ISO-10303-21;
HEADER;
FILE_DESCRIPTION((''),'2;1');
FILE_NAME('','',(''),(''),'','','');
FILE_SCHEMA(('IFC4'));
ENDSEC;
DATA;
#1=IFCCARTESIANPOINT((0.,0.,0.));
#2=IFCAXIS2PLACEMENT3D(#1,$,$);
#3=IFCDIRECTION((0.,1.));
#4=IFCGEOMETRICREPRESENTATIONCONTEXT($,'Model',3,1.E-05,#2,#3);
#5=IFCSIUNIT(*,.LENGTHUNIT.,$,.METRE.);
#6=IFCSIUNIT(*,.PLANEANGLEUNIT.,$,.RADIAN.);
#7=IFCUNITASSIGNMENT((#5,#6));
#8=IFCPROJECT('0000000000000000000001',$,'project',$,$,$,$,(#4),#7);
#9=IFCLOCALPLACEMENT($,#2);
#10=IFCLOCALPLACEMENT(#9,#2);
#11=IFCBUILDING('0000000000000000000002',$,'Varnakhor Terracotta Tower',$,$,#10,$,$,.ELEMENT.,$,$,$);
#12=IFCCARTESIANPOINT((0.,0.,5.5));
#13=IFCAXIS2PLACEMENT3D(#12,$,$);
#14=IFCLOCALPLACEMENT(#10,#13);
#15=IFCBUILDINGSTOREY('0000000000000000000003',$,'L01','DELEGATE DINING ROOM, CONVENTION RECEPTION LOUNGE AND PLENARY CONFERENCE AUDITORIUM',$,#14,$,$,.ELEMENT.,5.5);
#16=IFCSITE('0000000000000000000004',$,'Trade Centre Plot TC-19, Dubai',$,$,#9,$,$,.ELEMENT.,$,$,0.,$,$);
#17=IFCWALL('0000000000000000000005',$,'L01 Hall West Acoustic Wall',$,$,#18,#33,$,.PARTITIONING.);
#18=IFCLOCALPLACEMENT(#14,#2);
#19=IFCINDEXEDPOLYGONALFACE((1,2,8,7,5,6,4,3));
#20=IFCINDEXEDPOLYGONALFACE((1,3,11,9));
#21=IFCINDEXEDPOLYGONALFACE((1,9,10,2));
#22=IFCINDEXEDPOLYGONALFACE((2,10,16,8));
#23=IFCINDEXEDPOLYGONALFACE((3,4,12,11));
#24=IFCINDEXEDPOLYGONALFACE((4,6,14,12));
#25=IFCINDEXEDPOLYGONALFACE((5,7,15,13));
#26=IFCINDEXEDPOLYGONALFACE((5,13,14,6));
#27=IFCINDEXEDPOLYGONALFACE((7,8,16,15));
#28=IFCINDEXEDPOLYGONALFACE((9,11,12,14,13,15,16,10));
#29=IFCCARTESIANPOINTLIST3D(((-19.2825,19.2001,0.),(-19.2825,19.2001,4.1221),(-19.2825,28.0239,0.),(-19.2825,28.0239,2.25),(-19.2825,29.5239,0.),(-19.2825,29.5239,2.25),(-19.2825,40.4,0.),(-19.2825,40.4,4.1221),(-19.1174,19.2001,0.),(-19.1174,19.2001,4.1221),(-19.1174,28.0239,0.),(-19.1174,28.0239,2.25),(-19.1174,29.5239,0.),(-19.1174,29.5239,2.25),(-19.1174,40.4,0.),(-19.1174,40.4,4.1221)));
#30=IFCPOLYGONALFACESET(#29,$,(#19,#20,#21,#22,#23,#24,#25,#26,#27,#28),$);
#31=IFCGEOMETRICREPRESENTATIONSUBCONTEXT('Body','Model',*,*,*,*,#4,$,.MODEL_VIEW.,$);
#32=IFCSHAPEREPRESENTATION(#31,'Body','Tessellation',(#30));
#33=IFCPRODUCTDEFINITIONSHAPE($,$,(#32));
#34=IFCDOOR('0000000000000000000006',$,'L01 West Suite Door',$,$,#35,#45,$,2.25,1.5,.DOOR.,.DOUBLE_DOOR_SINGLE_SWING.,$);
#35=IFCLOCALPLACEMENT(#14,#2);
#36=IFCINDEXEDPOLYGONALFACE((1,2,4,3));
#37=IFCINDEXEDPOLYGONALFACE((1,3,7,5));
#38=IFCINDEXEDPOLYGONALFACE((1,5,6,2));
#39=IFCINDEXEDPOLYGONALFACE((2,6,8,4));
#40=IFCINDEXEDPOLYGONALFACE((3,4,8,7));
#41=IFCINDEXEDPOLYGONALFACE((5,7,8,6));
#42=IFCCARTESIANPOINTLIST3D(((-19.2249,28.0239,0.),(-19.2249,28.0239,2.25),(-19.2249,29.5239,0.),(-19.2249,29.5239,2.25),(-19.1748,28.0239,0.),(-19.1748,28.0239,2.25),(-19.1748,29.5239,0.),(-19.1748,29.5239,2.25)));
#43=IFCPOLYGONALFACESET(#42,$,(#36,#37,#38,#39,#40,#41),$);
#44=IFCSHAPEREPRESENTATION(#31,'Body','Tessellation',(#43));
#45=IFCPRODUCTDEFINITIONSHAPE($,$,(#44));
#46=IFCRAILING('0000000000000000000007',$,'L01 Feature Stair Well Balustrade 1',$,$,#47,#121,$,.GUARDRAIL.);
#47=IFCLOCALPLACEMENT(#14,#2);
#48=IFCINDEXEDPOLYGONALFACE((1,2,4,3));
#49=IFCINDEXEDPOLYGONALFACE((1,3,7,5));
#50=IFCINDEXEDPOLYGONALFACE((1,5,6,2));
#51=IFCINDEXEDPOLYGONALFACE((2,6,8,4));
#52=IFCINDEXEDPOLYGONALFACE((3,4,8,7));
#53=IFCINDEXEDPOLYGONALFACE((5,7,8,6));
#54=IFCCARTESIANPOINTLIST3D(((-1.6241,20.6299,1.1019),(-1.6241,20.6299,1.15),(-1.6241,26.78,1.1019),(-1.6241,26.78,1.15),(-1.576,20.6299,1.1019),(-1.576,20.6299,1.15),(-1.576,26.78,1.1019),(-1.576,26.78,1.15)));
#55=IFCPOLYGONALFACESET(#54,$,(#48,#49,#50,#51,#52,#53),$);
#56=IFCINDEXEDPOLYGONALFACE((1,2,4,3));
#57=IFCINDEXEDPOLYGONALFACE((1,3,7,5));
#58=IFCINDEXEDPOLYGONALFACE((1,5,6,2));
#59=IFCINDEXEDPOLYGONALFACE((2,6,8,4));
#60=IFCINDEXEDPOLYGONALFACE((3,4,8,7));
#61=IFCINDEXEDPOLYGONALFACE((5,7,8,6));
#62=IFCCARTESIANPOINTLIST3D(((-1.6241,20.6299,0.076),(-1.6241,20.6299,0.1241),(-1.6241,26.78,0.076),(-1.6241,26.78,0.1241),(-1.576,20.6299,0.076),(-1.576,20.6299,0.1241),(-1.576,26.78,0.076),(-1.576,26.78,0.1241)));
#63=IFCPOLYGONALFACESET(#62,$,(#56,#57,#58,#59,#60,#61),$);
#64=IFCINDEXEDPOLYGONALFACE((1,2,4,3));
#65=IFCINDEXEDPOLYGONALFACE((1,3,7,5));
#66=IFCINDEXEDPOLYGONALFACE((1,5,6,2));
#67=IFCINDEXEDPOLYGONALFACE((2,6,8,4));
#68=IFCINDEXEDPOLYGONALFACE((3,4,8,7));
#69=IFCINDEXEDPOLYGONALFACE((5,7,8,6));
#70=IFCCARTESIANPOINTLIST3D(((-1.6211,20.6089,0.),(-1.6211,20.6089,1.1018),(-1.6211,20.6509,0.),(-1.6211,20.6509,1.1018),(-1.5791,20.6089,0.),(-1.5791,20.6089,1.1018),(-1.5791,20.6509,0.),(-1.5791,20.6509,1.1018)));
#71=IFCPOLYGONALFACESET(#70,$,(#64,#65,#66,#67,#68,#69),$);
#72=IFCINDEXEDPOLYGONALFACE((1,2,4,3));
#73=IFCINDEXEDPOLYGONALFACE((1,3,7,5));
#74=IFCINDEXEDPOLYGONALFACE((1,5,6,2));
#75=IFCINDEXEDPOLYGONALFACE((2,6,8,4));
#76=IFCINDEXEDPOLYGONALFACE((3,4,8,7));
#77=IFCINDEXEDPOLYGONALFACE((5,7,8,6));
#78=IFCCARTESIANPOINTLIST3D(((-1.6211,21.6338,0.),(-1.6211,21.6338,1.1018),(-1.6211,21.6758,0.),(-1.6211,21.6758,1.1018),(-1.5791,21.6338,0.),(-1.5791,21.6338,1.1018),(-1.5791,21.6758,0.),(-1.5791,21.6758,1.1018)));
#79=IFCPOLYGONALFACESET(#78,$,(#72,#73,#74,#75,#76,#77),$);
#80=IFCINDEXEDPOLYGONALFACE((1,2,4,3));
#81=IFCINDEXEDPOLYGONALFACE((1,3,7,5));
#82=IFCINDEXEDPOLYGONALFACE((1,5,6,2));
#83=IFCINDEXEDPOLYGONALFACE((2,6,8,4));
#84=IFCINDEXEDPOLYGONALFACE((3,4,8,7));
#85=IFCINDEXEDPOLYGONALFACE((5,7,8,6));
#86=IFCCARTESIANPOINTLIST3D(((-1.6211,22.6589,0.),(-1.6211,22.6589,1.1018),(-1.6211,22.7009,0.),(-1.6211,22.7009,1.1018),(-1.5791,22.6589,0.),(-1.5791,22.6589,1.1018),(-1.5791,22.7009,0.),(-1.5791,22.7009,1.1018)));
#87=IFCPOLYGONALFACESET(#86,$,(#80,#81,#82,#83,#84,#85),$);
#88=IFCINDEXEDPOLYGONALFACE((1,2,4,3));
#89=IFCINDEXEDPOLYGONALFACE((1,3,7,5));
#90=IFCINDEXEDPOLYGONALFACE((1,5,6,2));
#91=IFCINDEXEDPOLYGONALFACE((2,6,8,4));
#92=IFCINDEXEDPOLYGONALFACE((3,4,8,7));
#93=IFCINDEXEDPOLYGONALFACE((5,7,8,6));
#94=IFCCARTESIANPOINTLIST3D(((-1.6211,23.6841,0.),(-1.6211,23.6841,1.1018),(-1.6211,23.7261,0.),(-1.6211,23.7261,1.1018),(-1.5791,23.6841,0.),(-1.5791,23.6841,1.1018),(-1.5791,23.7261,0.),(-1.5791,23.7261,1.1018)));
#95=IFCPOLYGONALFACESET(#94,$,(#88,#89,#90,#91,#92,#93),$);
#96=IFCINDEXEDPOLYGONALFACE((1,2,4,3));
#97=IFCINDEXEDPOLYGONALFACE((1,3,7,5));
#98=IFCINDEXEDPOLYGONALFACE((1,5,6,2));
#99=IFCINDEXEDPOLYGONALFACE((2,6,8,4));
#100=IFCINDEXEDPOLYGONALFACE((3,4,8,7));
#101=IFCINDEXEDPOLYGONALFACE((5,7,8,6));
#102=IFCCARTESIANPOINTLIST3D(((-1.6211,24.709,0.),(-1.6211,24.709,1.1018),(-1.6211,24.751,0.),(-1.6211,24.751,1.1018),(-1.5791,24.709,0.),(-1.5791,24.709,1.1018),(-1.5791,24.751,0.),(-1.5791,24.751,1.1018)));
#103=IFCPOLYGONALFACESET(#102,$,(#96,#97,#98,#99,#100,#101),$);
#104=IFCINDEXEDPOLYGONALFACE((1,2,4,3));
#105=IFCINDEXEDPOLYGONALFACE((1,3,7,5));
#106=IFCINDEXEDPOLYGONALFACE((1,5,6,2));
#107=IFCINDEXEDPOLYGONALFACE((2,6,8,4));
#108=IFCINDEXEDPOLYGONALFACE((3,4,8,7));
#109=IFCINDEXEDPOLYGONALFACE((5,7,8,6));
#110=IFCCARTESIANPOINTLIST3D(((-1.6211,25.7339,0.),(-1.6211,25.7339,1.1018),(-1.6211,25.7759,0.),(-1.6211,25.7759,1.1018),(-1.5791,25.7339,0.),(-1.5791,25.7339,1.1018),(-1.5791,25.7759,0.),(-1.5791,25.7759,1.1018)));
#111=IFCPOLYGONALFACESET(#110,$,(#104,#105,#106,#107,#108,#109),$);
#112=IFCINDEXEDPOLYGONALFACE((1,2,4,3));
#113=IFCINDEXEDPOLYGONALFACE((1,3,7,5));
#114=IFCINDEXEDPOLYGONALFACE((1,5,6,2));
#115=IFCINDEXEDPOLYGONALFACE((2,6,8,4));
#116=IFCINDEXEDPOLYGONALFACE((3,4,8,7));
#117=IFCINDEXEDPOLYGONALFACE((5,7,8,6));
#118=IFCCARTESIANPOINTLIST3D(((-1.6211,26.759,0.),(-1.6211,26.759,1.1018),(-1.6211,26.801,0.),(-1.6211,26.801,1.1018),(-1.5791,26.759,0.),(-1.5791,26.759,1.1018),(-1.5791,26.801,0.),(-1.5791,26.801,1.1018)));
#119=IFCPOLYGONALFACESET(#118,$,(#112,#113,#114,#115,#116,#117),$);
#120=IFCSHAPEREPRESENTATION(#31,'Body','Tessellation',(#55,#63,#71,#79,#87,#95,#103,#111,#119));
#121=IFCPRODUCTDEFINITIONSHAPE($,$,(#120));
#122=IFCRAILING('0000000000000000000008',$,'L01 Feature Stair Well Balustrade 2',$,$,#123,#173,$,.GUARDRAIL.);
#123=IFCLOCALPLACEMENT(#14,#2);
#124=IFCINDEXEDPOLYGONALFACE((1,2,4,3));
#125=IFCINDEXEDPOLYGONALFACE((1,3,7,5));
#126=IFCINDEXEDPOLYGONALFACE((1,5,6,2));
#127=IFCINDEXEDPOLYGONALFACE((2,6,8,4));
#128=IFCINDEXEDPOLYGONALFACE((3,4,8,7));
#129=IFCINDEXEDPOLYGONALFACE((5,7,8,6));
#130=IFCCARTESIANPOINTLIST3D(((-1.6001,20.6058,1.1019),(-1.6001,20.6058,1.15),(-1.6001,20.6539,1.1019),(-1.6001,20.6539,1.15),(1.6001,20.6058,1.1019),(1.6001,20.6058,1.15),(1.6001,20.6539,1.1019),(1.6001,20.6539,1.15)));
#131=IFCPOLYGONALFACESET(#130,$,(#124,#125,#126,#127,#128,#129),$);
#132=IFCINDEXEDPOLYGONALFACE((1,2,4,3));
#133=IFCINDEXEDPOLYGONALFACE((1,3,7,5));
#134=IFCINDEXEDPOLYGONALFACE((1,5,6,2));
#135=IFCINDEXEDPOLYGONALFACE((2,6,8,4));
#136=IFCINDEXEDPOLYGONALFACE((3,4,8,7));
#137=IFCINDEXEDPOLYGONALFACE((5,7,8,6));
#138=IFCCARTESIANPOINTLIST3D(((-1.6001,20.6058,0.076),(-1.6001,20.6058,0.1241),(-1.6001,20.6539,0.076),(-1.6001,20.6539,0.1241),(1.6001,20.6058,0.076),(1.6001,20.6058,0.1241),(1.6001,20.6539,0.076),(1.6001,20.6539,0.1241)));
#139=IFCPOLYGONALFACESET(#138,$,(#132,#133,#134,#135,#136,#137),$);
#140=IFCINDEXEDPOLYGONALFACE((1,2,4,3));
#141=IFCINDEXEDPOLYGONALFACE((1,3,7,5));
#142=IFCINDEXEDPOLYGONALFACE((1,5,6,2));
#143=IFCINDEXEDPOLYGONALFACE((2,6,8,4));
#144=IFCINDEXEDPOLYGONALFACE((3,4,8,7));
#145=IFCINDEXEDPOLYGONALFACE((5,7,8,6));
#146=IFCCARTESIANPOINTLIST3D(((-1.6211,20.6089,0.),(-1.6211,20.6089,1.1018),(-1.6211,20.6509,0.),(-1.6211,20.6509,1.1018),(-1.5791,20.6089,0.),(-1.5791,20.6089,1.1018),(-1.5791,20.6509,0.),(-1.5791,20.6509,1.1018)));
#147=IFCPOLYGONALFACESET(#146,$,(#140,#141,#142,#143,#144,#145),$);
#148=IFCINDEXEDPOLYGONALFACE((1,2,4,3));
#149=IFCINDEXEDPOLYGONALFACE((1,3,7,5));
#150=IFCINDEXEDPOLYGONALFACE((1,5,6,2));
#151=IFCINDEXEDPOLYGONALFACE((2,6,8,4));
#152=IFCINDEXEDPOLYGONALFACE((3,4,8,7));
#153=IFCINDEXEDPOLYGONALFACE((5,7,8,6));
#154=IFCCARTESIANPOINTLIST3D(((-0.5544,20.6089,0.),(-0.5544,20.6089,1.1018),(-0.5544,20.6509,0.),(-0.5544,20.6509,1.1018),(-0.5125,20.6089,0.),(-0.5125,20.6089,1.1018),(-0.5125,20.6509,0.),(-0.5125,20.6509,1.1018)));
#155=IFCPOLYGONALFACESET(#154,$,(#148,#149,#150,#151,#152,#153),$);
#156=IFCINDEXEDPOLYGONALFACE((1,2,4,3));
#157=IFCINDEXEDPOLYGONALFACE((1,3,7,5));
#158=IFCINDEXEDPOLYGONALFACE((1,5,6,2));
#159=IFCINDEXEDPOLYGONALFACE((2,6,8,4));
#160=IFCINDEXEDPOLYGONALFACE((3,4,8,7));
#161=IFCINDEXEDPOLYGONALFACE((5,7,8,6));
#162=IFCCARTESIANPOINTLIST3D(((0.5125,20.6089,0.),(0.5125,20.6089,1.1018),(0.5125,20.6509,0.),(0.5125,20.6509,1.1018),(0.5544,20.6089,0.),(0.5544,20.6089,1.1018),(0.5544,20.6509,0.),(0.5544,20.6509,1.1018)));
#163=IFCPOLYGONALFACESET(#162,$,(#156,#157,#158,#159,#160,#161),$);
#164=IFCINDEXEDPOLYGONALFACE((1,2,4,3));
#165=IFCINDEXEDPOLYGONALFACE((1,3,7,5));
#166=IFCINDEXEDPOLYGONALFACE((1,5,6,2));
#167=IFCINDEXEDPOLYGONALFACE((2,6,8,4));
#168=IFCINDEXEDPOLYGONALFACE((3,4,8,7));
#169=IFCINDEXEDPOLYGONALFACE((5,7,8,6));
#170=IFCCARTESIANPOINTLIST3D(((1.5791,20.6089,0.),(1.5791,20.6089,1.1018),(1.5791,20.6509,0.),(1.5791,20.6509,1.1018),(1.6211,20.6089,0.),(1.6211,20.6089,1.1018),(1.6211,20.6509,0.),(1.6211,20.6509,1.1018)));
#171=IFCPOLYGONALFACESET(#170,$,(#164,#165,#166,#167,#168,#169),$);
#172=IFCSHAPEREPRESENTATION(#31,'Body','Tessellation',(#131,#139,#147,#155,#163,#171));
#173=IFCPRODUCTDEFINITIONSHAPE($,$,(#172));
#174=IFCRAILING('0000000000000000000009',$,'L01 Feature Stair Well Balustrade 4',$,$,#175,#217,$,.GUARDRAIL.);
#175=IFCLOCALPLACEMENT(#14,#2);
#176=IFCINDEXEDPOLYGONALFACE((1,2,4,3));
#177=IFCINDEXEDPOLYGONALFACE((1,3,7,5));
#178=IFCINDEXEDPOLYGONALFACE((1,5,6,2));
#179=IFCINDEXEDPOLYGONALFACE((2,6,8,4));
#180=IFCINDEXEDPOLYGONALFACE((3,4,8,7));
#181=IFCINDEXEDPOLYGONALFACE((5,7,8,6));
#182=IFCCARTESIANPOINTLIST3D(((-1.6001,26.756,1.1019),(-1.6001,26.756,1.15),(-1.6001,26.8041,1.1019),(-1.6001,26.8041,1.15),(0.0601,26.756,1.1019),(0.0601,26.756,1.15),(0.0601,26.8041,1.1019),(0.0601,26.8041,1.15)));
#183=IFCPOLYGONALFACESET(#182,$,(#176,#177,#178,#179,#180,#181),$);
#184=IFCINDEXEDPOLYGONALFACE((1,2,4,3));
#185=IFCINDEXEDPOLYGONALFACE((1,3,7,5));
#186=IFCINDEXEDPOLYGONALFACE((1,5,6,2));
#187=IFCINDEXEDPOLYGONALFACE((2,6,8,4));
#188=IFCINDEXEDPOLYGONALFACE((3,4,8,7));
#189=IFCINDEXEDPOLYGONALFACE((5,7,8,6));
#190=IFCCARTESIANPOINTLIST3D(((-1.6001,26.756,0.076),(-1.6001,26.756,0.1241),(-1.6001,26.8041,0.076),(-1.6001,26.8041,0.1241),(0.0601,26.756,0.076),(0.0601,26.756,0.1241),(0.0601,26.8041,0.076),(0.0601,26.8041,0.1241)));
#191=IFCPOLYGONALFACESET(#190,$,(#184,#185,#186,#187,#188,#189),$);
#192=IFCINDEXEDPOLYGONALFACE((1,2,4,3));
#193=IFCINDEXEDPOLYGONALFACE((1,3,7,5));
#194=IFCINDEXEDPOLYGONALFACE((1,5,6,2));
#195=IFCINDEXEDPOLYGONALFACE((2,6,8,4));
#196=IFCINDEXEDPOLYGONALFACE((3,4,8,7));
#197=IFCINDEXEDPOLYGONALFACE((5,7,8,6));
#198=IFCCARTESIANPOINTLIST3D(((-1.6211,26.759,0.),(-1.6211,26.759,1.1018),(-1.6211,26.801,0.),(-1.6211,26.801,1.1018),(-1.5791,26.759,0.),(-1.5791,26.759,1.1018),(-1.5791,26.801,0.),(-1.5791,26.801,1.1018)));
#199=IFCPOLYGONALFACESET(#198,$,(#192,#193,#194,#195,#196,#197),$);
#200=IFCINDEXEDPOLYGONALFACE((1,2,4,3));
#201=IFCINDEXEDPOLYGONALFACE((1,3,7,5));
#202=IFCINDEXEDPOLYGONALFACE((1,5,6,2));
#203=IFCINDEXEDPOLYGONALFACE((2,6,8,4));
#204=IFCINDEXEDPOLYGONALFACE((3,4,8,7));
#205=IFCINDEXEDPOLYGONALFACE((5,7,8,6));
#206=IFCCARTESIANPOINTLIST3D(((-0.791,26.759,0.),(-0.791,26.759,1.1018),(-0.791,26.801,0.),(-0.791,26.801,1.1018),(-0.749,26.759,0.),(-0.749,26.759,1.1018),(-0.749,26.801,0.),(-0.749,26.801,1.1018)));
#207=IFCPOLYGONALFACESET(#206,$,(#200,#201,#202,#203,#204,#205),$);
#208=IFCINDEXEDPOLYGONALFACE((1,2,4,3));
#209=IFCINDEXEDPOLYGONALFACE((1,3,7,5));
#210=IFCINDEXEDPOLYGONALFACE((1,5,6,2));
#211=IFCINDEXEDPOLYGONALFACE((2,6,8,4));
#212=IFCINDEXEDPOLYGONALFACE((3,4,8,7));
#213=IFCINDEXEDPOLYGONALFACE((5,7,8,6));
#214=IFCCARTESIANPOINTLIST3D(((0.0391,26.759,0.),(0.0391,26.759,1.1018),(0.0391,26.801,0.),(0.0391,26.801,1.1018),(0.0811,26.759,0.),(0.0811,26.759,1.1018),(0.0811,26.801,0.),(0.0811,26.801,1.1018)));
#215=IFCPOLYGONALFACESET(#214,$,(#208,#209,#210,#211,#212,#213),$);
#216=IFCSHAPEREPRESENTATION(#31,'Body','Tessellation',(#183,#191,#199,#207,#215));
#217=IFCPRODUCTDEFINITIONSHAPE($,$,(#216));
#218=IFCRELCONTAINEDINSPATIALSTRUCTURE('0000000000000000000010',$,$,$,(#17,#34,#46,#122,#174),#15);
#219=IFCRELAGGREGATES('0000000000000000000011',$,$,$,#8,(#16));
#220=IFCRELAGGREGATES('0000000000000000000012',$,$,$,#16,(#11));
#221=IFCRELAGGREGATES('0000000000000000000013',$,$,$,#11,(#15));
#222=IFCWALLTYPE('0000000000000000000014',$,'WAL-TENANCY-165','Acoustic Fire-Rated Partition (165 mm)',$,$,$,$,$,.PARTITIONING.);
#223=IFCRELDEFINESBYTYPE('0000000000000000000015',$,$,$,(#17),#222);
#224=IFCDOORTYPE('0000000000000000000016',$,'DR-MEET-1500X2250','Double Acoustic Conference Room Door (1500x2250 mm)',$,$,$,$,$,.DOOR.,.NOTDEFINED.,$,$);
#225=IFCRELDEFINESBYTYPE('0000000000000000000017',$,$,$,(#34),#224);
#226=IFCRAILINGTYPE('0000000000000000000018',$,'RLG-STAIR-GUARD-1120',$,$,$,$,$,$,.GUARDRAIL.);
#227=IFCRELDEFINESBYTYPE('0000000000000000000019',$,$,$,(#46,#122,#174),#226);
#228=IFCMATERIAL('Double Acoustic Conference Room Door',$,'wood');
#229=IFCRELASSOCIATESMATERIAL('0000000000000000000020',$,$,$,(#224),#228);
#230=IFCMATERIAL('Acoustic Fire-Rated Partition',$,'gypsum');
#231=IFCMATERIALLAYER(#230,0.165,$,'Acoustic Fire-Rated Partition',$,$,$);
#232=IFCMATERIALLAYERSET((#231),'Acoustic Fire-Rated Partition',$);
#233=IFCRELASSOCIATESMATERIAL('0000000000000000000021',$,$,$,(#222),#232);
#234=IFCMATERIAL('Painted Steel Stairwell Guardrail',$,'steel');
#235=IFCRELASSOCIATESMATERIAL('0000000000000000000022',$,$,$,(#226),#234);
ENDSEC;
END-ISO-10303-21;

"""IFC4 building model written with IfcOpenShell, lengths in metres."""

from ifc_helpers import new_model, si_unit, direction, frame, frame_2d, origin, origin_2d, place, context, subcontext, project, spatial, rectangle, extrude, source, transform, mapped, material, layer, layer_set, type_object, type_shapes, element, fill, save


model = new_model("IFC4")

# Units and contexts
model_context = context("Model", 3, precision=1e-05, world=origin(), true_north=direction((0.0, 1.0)))
body_context = subcontext(model_context, "Body", "Model", "MODEL_VIEW")
ifc_project = project(units=[si_unit("LENGTHUNIT", "METRE"), si_unit("PLANEANGLEUNIT", "RADIAN")], contexts=[model_context])

# Site, building, storey
site_placement = place(None, origin())
site = spatial("IfcSite", under=ifc_project, at=site_placement, Name="Trade Centre Plot TC-19, Dubai", CompositionType="ELEMENT", RefElevation=0.0)
building_placement = place(site_placement, origin())
building = spatial("IfcBuilding", under=site, at=building_placement, Name="Varnakhor Terracotta Tower", CompositionType="ELEMENT")
storey_placement = place(building_placement, frame((0.0, 0.0, 5.5)))
storey = spatial("IfcBuildingStorey", under=building, at=storey_placement, Name="L01", Description="DELEGATE DINING ROOM, CONVENTION RECEPTION LOUNGE AND PLENARY CONFERENCE AUDITORIUM", CompositionType="ELEMENT", Elevation=5.5)

# Wall, opening, door
ifc_material_1 = material(Name="Double Acoustic Conference Room Door", Category="wood")
door_type = type_object("IfcDoorType", Name="DR-MEET-1500X2250", Description="Double Acoustic Conference Room Door (1500x2250 mm)", OperationType="NOTDEFINED", PredefinedType="DOOR", material=ifc_material_1)
shared_shape_1 = source(origin(), body_context, "Body", "SweptSolid", [
    extrude(rectangle(XDim=1.5, YDim=2.25, at=frame_2d((0.75, 1.125))), frame((0.0, 0.0249, 0.0), z_axis=(0.0, -1.0, 0.0), x_axis=(1.0, 0.0, 0.0)), (0.0, 0.0, 1.0), 0.05),
])
type_shapes(door_type, [shared_shape_1])
ifc_material_2 = material(Name="Acoustic Fire-Rated Partition", Category="gypsum")
ifc_layer_1 = layer(ifc_material_2, 0.165, Name="Acoustic Fire-Rated Partition")
ifc_layer_set_1 = layer_set([ifc_layer_1], Name="Acoustic Fire-Rated Partition")
wall_type_1 = type_object("IfcWallType", Name="WAL-TENANCY-165", Description="Acoustic Fire-Rated Partition (165 mm)", PredefinedType="PARTITIONING", material=ifc_layer_set_1)
wall_1_placement = place(storey_placement, frame((-19.2, 19.2, 0.0), z_axis=(0.0, 0.0, 1.0), x_axis=(0.0, 1.0, 0.0)))
wall_1 = element("IfcWall", 1, at=wall_1_placement, inside=storey, type_object=wall_type_1, Name="L01 Hall West Acoustic Wall", PredefinedType="PARTITIONING", context=body_context, shape_type="SweptSolid", body=[
    extrude(rectangle(XDim=21.2, YDim=0.165, at=frame_2d((10.6001, 0.0))), origin(), (0.0, 0.0, 1.0), 4.1221),
])
opening_1_placement = place(wall_1_placement, frame((8.824, 0.0, 0.0)))
opening_1 = element("IfcOpeningElement", 2, at=opening_1_placement, cuts=wall_1, PredefinedType="OPENING", context=body_context, shape_type="SweptSolid", body=[
    extrude(rectangle(XDim=1.5, YDim=2.25, at=frame_2d((0.75, 1.125))), frame((0.0, 0.0925, 0.0), z_axis=(0.0, -1.0, 0.0), x_axis=(1.0, 0.0, 0.0)), (0.0, 0.0, 1.0), 0.1851),
])
door_1_placement = place(opening_1_placement, origin())
door_1 = element("IfcDoor", 3, at=door_1_placement, inside=storey, type_object=door_type, Name="L01 West Suite Door", OperationType="DOUBLE_DOOR_SINGLE_SWING", OverallHeight=2.25, OverallWidth=1.5, PredefinedType="DOOR", context=body_context, shape_type="MappedRepresentation", body=[
    mapped(shared_shape_1, transform((0.0, 0.0, 0.0), scale=1.0)),
])
fill(opening_1, door_1)

# Railings
ifc_material_3 = material(Name="Painted Steel Stairwell Guardrail", Category="steel")
railing_type = type_object("IfcRailingType", Name="RLG-STAIR-GUARD-1120", PredefinedType="GUARDRAIL", material=ifc_material_3)
railing_1_placement = place(storey_placement, frame((-1.6001, 20.6299, 0.0)))
element("IfcRailing", 4, at=railing_1_placement, inside=storey, type_object=railing_type, Name="L01 Feature Stair Well Balustrade 1", PredefinedType="GUARDRAIL", context=body_context, shape_type="SweptSolid", body=[
    extrude(rectangle(XDim=0.0481, YDim=0.0481, at=origin_2d()), frame((0.0, 0.0, 1.126), z_axis=(0.0, 1.0, 0.0), x_axis=(-1.0, 0.0, 0.0)), (0.0, 0.0, 1.0), 6.1501),
    extrude(rectangle(XDim=0.0481, YDim=0.0481, at=origin_2d()), frame((0.0, 0.0, 0.1001), z_axis=(0.0, 1.0, 0.0), x_axis=(-1.0, 0.0, 0.0)), (0.0, 0.0, 1.0), 6.1501),
    extrude(rectangle(XDim=0.042, YDim=0.042, at=origin_2d()), origin(), (0.0, 0.0, 1.0), 1.1018),
    extrude(rectangle(XDim=0.042, YDim=0.042, at=origin_2d()), frame((0.0, 1.0249, 0.0)), (0.0, 0.0, 1.0), 1.1018),
    extrude(rectangle(XDim=0.042, YDim=0.042, at=origin_2d()), frame((0.0, 2.05, 0.0)), (0.0, 0.0, 1.0), 1.1018),
    extrude(rectangle(XDim=0.042, YDim=0.042, at=origin_2d()), frame((0.0, 3.0752, 0.0)), (0.0, 0.0, 1.0), 1.1018),
    extrude(rectangle(XDim=0.042, YDim=0.042, at=origin_2d()), frame((0.0, 4.1001, 0.0)), (0.0, 0.0, 1.0), 1.1018),
    extrude(rectangle(XDim=0.042, YDim=0.042, at=origin_2d()), frame((0.0, 5.125, 0.0)), (0.0, 0.0, 1.0), 1.1018),
    extrude(rectangle(XDim=0.042, YDim=0.042, at=origin_2d()), frame((0.0, 6.1501, 0.0)), (0.0, 0.0, 1.0), 1.1018),
])
railing_2_placement = place(storey_placement, frame((-1.6001, 20.6299, 0.0)))
element("IfcRailing", 5, at=railing_2_placement, inside=storey, type_object=railing_type, Name="L01 Feature Stair Well Balustrade 2", PredefinedType="GUARDRAIL", context=body_context, shape_type="SweptSolid", body=[
    extrude(rectangle(XDim=0.0481, YDim=0.0481, at=origin_2d()), frame((0.0, 0.0, 1.126), z_axis=(1.0, 0.0, 0.0), x_axis=(0.0, 1.0, 0.0)), (0.0, 0.0, 1.0), 3.2002),
    extrude(rectangle(XDim=0.0481, YDim=0.0481, at=origin_2d()), frame((0.0, 0.0, 0.1001), z_axis=(1.0, 0.0, 0.0), x_axis=(0.0, 1.0, 0.0)), (0.0, 0.0, 1.0), 3.2002),
    extrude(rectangle(XDim=0.042, YDim=0.042, at=origin_2d()), origin(), (0.0, 0.0, 1.0), 1.1018),
    extrude(rectangle(XDim=0.042, YDim=0.042, at=origin_2d()), frame((1.0667, 0.0, 0.0)), (0.0, 0.0, 1.0), 1.1018),
    extrude(rectangle(XDim=0.042, YDim=0.042, at=origin_2d()), frame((2.1335, 0.0, 0.0)), (0.0, 0.0, 1.0), 1.1018),
    extrude(rectangle(XDim=0.042, YDim=0.042, at=origin_2d()), frame((3.2002, 0.0, 0.0)), (0.0, 0.0, 1.0), 1.1018),
])
railing_3_placement = place(storey_placement, frame((-1.6001, 26.78, 0.0)))
element("IfcRailing", 6, at=railing_3_placement, inside=storey, type_object=railing_type, Name="L01 Feature Stair Well Balustrade 4", PredefinedType="GUARDRAIL", context=body_context, shape_type="SweptSolid", body=[
    extrude(rectangle(XDim=0.0481, YDim=0.0481, at=origin_2d()), frame((0.0, 0.0, 1.126), z_axis=(1.0, 0.0, 0.0), x_axis=(0.0, 1.0, 0.0)), (0.0, 0.0, 1.0), 1.6602),
    extrude(rectangle(XDim=0.0481, YDim=0.0481, at=origin_2d()), frame((0.0, 0.0, 0.1001), z_axis=(1.0, 0.0, 0.0), x_axis=(0.0, 1.0, 0.0)), (0.0, 0.0, 1.0), 1.6602),
    extrude(rectangle(XDim=0.042, YDim=0.042, at=origin_2d()), origin(), (0.0, 0.0, 1.0), 1.1018),
    extrude(rectangle(XDim=0.042, YDim=0.042, at=origin_2d()), frame((0.8301, 0.0, 0.0)), (0.0, 0.0, 1.0), 1.1018),
    extrude(rectangle(XDim=0.042, YDim=0.042, at=origin_2d()), frame((1.6602, 0.0, 0.0)), (0.0, 0.0, 1.0), 1.1018),
])

save(model, "model.ifc")
